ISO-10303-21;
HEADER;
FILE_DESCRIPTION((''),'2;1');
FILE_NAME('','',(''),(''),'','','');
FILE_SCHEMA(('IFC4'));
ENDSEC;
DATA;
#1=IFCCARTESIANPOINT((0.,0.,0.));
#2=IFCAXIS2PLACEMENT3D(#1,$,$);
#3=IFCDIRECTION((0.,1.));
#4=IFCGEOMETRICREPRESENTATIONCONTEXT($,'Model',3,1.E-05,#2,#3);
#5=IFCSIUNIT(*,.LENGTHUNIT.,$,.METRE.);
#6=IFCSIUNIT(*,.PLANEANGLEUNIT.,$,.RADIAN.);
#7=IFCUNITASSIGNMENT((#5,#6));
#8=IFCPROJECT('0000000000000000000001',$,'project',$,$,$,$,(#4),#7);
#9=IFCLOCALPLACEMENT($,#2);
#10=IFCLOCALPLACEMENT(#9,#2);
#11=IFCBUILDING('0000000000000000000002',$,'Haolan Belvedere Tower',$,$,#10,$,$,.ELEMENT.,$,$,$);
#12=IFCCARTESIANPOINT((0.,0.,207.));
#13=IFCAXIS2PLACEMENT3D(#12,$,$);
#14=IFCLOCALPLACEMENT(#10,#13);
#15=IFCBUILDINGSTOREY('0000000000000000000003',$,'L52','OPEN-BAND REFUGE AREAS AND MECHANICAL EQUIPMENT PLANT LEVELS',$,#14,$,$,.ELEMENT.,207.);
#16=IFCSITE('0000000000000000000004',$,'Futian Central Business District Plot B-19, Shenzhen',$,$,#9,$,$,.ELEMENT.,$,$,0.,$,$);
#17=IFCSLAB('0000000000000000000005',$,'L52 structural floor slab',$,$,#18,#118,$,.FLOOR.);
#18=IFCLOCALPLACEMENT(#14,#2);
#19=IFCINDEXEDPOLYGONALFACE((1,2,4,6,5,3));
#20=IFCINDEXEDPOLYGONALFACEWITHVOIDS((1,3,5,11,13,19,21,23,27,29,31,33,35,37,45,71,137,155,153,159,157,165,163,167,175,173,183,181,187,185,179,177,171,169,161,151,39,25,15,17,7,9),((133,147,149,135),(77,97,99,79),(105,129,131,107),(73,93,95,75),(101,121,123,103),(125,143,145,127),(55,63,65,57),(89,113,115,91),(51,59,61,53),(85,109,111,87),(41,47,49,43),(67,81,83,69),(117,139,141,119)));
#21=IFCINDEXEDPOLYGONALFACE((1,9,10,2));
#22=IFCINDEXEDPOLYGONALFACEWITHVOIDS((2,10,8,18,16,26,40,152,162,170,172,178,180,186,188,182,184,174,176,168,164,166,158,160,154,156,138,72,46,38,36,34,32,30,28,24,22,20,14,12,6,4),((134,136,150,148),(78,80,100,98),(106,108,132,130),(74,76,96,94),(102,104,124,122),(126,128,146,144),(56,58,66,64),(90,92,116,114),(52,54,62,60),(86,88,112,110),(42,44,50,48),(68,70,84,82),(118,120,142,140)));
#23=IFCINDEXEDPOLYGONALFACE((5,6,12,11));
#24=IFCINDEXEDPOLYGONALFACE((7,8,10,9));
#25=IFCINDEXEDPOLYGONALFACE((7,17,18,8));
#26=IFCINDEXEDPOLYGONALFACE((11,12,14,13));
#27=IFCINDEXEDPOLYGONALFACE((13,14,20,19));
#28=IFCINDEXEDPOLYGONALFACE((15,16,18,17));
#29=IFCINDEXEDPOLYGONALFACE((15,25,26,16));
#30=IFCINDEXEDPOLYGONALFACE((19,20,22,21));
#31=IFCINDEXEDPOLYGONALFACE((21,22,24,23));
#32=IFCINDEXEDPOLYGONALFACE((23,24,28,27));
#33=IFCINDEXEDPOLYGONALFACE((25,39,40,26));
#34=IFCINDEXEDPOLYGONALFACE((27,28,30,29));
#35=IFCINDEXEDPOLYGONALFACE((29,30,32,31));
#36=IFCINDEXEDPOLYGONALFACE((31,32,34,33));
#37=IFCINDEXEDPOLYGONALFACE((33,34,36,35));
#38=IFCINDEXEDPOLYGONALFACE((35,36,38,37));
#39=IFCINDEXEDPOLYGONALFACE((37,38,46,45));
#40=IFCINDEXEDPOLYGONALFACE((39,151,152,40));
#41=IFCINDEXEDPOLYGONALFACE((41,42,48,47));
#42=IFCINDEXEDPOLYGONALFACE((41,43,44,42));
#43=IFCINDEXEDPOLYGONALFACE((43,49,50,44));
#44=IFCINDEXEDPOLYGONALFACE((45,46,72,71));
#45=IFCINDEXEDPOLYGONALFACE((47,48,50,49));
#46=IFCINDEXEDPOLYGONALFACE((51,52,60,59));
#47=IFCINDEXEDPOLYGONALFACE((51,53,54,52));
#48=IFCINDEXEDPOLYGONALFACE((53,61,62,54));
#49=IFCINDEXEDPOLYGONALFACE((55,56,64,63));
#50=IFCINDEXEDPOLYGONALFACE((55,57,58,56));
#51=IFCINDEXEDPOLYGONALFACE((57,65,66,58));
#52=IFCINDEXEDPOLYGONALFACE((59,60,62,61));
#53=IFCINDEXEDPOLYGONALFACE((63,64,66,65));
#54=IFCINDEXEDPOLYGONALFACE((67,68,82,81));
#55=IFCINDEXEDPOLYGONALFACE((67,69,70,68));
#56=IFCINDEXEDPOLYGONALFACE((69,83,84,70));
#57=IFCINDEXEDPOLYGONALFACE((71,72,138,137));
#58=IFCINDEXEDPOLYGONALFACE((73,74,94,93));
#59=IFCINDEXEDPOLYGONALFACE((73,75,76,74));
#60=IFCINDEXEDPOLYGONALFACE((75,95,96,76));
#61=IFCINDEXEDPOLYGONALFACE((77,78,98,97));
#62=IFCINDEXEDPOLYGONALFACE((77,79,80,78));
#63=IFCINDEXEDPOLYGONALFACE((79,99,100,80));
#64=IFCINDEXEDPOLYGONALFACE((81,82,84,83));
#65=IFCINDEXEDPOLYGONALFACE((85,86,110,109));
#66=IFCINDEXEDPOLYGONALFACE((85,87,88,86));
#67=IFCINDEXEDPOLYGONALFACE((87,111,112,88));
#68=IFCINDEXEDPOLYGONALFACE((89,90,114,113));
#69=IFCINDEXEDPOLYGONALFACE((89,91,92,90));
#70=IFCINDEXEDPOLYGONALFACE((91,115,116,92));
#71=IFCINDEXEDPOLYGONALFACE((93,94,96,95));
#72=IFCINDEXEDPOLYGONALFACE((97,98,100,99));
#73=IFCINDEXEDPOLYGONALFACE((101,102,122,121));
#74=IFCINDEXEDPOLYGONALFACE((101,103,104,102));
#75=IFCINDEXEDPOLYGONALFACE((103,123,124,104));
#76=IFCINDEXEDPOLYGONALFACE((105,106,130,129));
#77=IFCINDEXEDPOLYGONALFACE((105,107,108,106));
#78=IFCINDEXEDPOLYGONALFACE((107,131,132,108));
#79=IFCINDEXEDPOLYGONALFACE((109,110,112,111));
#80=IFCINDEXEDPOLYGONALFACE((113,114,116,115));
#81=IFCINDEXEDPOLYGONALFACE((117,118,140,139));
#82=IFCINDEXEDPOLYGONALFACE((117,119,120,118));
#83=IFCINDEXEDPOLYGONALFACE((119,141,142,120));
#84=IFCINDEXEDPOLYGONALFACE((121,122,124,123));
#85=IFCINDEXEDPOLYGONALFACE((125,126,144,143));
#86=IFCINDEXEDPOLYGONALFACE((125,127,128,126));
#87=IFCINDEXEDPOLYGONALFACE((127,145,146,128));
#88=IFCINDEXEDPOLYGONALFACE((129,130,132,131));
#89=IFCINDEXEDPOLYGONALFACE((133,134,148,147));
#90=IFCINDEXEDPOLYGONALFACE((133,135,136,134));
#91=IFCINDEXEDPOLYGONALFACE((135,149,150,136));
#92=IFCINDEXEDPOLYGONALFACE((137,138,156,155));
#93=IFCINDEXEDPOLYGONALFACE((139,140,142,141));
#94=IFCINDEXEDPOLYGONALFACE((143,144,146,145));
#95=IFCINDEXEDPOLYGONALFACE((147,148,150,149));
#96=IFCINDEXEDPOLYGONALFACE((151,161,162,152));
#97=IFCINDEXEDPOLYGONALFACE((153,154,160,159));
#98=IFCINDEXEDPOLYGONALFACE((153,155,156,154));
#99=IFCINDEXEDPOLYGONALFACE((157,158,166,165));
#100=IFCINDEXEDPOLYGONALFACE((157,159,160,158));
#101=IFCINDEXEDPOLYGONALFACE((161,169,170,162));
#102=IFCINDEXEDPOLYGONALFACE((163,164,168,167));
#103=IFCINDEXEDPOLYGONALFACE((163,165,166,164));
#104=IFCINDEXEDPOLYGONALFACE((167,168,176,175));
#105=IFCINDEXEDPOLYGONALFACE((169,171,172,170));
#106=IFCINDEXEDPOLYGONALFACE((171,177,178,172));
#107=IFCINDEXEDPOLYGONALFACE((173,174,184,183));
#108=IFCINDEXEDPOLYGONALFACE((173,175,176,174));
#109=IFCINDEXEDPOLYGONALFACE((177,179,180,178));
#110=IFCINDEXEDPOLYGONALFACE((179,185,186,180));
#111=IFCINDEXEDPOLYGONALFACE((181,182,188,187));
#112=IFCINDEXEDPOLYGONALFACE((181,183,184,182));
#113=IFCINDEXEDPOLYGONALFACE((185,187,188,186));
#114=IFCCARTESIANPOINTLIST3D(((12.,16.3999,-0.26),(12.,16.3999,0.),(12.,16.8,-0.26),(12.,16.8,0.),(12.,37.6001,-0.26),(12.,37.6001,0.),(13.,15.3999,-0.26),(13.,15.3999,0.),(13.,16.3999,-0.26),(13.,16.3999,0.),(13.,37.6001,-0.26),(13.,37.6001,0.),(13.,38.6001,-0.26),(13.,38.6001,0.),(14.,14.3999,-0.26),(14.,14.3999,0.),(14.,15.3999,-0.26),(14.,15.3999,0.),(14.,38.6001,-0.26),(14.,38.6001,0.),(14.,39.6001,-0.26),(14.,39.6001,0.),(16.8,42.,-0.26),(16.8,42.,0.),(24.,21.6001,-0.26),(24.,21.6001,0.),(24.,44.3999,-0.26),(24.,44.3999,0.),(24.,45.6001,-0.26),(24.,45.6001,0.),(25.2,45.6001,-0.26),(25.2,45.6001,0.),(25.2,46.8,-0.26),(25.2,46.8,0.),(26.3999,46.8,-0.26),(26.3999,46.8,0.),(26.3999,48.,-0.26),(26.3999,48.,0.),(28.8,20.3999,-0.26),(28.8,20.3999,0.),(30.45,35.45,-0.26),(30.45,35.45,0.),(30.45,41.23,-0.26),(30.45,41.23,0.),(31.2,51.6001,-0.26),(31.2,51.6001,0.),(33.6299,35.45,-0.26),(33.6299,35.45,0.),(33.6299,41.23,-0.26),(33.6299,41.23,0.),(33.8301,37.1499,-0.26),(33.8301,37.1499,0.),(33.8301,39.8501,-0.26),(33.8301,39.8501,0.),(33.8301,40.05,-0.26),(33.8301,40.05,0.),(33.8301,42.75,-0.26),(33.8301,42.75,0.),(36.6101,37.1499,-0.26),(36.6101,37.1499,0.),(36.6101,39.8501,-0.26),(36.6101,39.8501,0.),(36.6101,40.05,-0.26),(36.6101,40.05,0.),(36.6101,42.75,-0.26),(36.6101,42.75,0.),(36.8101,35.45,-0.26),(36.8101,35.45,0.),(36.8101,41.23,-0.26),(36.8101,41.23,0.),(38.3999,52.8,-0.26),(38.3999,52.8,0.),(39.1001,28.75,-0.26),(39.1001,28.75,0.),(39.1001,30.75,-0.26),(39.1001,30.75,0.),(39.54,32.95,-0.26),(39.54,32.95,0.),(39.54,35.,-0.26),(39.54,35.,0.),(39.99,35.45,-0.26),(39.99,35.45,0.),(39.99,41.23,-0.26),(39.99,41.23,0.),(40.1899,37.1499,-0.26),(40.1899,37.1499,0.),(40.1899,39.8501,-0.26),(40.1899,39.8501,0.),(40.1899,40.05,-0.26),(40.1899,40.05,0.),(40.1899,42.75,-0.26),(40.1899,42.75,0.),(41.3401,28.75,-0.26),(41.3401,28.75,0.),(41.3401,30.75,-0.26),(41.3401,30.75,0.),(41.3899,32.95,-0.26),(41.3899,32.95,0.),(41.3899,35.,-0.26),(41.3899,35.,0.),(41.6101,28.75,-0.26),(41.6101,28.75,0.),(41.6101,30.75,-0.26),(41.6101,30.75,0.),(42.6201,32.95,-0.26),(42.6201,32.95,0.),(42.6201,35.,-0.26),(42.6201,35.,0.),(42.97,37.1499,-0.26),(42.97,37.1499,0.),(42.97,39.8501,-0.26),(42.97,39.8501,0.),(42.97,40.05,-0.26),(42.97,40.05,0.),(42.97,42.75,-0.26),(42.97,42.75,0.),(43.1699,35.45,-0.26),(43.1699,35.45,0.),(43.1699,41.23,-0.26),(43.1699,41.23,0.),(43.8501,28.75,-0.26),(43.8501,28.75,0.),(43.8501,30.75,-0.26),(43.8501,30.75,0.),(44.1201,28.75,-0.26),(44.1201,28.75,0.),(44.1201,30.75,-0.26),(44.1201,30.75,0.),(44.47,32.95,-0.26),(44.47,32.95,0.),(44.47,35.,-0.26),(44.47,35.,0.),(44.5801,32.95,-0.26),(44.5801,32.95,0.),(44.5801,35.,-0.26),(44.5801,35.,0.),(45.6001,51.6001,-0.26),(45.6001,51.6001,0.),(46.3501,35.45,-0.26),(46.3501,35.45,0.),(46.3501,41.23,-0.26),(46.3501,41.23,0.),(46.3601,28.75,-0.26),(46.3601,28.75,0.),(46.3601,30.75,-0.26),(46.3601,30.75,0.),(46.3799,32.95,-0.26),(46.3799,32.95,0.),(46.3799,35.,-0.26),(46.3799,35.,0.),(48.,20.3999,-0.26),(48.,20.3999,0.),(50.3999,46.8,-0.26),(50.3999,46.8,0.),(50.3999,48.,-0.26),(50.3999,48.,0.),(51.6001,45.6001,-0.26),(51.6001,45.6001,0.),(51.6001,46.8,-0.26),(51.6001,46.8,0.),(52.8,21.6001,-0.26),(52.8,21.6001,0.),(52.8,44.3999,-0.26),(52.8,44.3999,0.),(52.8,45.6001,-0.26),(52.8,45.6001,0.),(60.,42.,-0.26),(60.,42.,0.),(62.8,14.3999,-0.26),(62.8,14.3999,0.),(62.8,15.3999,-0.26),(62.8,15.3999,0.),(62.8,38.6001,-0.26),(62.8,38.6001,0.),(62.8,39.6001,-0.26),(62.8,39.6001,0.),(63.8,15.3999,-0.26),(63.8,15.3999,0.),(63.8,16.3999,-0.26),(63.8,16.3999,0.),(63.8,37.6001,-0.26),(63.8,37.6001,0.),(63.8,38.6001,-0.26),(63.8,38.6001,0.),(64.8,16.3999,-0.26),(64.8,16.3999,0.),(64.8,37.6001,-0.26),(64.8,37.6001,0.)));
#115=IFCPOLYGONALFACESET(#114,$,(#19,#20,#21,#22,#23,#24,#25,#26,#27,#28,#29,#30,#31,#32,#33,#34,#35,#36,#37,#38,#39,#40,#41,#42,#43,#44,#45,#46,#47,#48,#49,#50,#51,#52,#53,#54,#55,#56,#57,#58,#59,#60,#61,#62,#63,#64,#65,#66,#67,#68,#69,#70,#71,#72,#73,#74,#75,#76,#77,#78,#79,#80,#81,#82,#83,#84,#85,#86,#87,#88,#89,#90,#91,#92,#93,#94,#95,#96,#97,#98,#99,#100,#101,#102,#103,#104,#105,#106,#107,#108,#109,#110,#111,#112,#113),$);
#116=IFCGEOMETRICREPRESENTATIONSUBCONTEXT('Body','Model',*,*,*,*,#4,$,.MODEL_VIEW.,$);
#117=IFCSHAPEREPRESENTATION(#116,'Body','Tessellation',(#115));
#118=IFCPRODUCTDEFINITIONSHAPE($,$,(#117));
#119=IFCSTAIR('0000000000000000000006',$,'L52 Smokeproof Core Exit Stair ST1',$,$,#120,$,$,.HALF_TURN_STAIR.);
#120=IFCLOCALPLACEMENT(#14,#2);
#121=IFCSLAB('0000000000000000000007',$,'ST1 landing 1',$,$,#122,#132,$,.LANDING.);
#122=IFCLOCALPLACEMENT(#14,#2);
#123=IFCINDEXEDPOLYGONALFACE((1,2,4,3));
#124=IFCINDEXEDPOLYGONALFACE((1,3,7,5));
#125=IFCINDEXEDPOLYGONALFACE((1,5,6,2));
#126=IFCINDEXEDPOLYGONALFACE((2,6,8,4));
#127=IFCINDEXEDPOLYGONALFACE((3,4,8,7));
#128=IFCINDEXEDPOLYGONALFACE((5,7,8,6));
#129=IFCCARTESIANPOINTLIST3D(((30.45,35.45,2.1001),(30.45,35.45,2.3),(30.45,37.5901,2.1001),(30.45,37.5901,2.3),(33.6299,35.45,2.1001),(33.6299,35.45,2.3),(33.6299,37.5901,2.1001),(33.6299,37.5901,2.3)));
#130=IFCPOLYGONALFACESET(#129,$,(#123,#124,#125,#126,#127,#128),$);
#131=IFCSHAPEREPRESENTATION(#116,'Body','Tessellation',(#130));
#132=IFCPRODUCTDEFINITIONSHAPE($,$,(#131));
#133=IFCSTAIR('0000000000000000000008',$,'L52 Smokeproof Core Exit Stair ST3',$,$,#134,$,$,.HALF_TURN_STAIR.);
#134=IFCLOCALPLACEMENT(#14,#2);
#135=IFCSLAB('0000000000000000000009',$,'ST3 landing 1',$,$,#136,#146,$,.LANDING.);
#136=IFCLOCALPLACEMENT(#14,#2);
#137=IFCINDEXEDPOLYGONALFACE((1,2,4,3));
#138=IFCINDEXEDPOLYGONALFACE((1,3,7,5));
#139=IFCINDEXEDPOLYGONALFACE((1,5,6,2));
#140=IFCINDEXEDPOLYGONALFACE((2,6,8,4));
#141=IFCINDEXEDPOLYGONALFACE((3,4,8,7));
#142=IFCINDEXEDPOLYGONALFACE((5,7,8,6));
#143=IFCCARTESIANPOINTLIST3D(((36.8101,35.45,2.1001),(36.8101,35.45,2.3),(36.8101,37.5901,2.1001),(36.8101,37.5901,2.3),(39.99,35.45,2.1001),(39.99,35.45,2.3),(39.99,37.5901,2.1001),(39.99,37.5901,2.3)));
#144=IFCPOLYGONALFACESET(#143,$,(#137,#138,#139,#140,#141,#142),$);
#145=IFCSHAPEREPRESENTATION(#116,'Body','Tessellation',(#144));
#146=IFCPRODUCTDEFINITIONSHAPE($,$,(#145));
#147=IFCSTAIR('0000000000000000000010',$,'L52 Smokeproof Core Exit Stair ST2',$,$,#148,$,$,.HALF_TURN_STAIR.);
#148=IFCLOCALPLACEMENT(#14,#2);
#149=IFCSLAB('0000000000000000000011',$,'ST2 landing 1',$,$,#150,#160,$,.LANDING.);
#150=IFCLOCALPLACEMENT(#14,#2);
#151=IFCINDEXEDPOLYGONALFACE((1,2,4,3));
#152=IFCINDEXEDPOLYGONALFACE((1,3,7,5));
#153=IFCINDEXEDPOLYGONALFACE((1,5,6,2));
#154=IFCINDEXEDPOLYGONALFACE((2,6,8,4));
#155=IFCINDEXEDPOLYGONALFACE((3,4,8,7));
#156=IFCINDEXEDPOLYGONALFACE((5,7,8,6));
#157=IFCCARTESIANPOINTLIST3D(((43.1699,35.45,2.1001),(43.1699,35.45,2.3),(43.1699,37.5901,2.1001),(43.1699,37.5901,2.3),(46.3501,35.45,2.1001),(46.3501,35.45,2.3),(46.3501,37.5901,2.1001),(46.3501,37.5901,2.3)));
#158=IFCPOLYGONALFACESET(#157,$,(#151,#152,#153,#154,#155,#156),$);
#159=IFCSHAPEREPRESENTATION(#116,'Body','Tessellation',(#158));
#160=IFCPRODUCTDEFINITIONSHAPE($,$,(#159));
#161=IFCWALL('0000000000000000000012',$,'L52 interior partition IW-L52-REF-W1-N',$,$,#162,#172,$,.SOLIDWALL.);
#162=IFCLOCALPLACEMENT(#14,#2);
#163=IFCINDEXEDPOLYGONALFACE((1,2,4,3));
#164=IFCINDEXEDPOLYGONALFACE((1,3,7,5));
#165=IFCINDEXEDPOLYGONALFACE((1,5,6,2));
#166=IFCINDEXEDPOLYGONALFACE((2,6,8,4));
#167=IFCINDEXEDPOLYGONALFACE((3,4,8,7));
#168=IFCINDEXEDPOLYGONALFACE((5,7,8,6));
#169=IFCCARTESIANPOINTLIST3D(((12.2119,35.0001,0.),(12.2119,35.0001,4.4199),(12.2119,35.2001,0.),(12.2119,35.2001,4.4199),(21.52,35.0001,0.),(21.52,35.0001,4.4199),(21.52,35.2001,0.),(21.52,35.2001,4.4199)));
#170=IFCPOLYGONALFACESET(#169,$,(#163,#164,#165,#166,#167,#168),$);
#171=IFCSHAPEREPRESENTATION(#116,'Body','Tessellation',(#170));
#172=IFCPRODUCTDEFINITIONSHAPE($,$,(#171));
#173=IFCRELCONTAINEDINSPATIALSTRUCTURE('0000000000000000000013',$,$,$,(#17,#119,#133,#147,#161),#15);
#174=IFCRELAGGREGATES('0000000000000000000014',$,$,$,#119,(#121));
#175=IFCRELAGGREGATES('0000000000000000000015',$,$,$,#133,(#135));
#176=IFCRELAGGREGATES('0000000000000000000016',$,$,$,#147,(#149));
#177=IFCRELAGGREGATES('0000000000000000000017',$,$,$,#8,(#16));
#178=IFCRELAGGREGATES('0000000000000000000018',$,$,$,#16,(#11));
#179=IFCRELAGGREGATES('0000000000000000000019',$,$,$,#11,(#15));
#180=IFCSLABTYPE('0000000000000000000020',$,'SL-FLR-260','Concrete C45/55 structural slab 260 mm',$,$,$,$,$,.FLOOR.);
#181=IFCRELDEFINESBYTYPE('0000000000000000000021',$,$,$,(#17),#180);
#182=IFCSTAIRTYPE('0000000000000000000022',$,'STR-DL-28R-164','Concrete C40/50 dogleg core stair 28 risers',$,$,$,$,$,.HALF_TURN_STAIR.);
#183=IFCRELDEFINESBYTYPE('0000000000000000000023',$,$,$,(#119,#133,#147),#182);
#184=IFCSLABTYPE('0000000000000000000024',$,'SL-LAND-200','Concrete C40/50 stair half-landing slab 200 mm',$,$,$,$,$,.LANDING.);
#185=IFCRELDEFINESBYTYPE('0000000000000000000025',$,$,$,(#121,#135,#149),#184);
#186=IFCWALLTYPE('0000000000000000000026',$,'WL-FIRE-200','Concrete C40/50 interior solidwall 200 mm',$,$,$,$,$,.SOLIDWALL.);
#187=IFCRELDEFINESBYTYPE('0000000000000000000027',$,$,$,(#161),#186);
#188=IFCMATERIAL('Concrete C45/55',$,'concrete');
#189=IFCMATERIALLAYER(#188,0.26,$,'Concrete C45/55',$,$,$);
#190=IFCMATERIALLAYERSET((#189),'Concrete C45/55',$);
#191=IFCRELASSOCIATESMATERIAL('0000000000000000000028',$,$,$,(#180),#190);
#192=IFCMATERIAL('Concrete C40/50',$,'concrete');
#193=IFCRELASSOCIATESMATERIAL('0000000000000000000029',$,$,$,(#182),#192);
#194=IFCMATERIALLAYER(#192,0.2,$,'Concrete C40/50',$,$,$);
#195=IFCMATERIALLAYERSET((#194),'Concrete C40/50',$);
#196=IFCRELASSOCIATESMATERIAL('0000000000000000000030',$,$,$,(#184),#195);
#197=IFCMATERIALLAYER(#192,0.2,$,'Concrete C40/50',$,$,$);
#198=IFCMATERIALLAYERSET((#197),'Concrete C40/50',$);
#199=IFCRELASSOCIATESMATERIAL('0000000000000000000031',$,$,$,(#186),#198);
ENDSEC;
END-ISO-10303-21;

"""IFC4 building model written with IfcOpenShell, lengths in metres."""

from ifc_helpers import new_model, si_unit, direction, frame, frame_2d, origin, place, context, subcontext, project, spatial, polyline, rectangle, outline, extrude, material, layer, layer_set, type_object, element, aggregate, save


model = new_model("IFC4")

# Units and contexts
model_context = context("Model", 3, precision=1e-05, world=origin(), true_north=direction((0.0, 1.0)))
body_context = subcontext(model_context, "Body", "Model", "MODEL_VIEW")
ifc_project = project(units=[si_unit("LENGTHUNIT", "METRE"), si_unit("PLANEANGLEUNIT", "RADIAN")], contexts=[model_context])

# Site, building, storey
site_placement = place(None, origin())
site = spatial("IfcSite", under=ifc_project, at=site_placement, Name="Futian Central Business District Plot B-19, Shenzhen", CompositionType="ELEMENT", RefElevation=0.0)
building_placement = place(site_placement, origin())
building = spatial("IfcBuilding", under=site, at=building_placement, Name="Haolan Belvedere Tower", CompositionType="ELEMENT")
storey_placement = place(building_placement, frame((0.0, 0.0, 207.0)))
storey = spatial("IfcBuildingStorey", under=building, at=storey_placement, Name="L52", Description="OPEN-BAND REFUGE AREAS AND MECHANICAL EQUIPMENT PLANT LEVELS", CompositionType="ELEMENT", Elevation=207.0)

# Slab
ifc_material_1 = material(Name="Concrete C45/55", Category="concrete")
ifc_layer_1 = layer(ifc_material_1, 0.26, Name="Concrete C45/55")
ifc_layer_set_1 = layer_set([ifc_layer_1], Name="Concrete C45/55")
slab_type_1 = type_object("IfcSlabType", Name="SL-FLR-260", Description="Concrete C45/55 structural slab 260 mm", PredefinedType="FLOOR", material=ifc_layer_set_1)
slab_1_placement = place(storey_placement, frame((0.0, 0.0, -0.26)))
element("IfcSlab", 1, at=slab_1_placement, inside=storey, type_object=slab_type_1, Name="L52 structural floor slab", PredefinedType="FLOOR", context=body_context, shape_type="SweptSolid", body=[
    extrude(outline(polyline([(24.0, 21.6001), (28.8, 20.3999), (48.0, 20.3999), (52.8, 21.6001), (62.8, 14.3999), (62.8, 15.3999), (63.8, 15.3999), (63.8, 16.3999), (64.8, 16.3999), (64.8, 37.6001), (63.8, 37.6001), (63.8, 38.6001), (62.8, 38.6001), (62.8, 39.6001), (60.0, 42.0), (52.8, 44.3999), (52.8, 45.6001), (51.6001, 45.6001), (51.6001, 46.8), (50.3999, 46.8), (50.3999, 48.0), (45.6001, 51.6001), (38.3999, 52.8), (31.2, 51.6001), (26.3999, 48.0), (26.3999, 46.8), (25.2, 46.8), (25.2, 45.6001), (24.0, 45.6001), (24.0, 44.3999), (16.8, 42.0), (14.0, 39.6001), (14.0, 38.6001), (13.0, 38.6001), (13.0, 37.6001), (12.0, 37.6001), (12.0, 16.8), (12.0, 16.3999), (13.0, 16.3999), (13.0, 15.3999), (14.0, 15.3999), (14.0, 14.3999), (24.0, 21.6001)]), holes=[polyline([(30.45, 41.23), (30.45, 35.45), (33.6299, 35.45), (33.6299, 41.23), (30.45, 41.23)]), polyline([(36.8101, 41.23), (36.8101, 35.45), (39.99, 35.45), (39.99, 41.23), (36.8101, 41.23)]), polyline([(43.1699, 41.23), (43.1699, 35.45), (46.3501, 35.45), (46.3501, 41.23), (43.1699, 41.23)]), polyline([(33.8301, 40.05), (36.6101, 40.05), (36.6101, 42.75), (33.8301, 42.75), (33.8301, 40.05)]), polyline([(33.8301, 37.1499), (36.6101, 37.1499), (36.6101, 39.8501), (33.8301, 39.8501), (33.8301, 37.1499)]), polyline([(40.1899, 40.05), (42.97, 40.05), (42.97, 42.75), (40.1899, 42.75), (40.1899, 40.05)]), polyline([(40.1899, 37.1499), (42.97, 37.1499), (42.97, 39.8501), (40.1899, 39.8501), (40.1899, 37.1499)]), polyline([(39.54, 32.95), (41.3899, 32.95), (41.3899, 35.0), (39.54, 35.0), (39.54, 32.95)]), polyline([(42.6201, 32.95), (44.47, 32.95), (44.47, 35.0), (42.6201, 35.0), (42.6201, 32.95)]), polyline([(44.5801, 32.95), (46.3799, 32.95), (46.3799, 35.0), (44.5801, 35.0), (44.5801, 32.95)]), polyline([(39.1001, 28.75), (41.3401, 28.75), (41.3401, 30.75), (39.1001, 30.75), (39.1001, 28.75)]), polyline([(41.6101, 28.75), (43.8501, 28.75), (43.8501, 30.75), (41.6101, 30.75), (41.6101, 28.75)]), polyline([(44.1201, 28.75), (46.3601, 28.75), (46.3601, 30.75), (44.1201, 30.75), (44.1201, 28.75)])]), origin(), (0.0, 0.0, 1.0), 0.26),
])

# Stairs, slabs
ifc_material_2 = material(Name="Concrete C40/50", Category="concrete")
stair_type = type_object("IfcStairType", Name="STR-DL-28R-164", Description="Concrete C40/50 dogleg core stair 28 risers", PredefinedType="HALF_TURN_STAIR", material=ifc_material_2)
stair_1_placement = place(storey_placement, origin())
stair_1 = element("IfcStair", 2, at=stair_1_placement, inside=storey, type_object=stair_type, Name="L52 Smokeproof Core Exit Stair ST1", PredefinedType="HALF_TURN_STAIR")
ifc_layer_2 = layer(ifc_material_2, 0.2, Name="Concrete C40/50")
ifc_layer_set_2 = layer_set([ifc_layer_2], Name="Concrete C40/50")
slab_type_2 = type_object("IfcSlabType", Name="SL-LAND-200", Description="Concrete C40/50 stair half-landing slab 200 mm", PredefinedType="LANDING", material=ifc_layer_set_2)
slab_2_placement = place(storey_placement, frame((0.0, 0.0, 2.1001)))
slab_2 = element("IfcSlab", 3, at=slab_2_placement, type_object=slab_type_2, Name="ST1 landing 1", PredefinedType="LANDING", context=body_context, shape_type="SweptSolid", body=[
    extrude(outline(polyline([(30.45, 37.5901), (30.45, 35.45), (33.6299, 35.45), (33.6299, 37.5901), (30.45, 37.5901)])), origin(), (0.0, 0.0, 1.0), 0.2),
])
aggregate(stair_1, [slab_2])
stair_2_placement = place(storey_placement, origin())
stair_2 = element("IfcStair", 4, at=stair_2_placement, inside=storey, type_object=stair_type, Name="L52 Smokeproof Core Exit Stair ST3", PredefinedType="HALF_TURN_STAIR")
slab_3_placement = place(storey_placement, frame((0.0, 0.0, 2.1001)))
slab_3 = element("IfcSlab", 5, at=slab_3_placement, type_object=slab_type_2, Name="ST3 landing 1", PredefinedType="LANDING", context=body_context, shape_type="SweptSolid", body=[
    extrude(outline(polyline([(36.8101, 37.5901), (36.8101, 35.45), (39.99, 35.45), (39.99, 37.5901), (36.8101, 37.5901)])), origin(), (0.0, 0.0, 1.0), 0.2),
])
aggregate(stair_2, [slab_3])
stair_3_placement = place(storey_placement, origin())
stair_3 = element("IfcStair", 6, at=stair_3_placement, inside=storey, type_object=stair_type, Name="L52 Smokeproof Core Exit Stair ST2", PredefinedType="HALF_TURN_STAIR")
slab_4_placement = place(storey_placement, frame((0.0, 0.0, 2.1001)))
slab_4 = element("IfcSlab", 7, at=slab_4_placement, type_object=slab_type_2, Name="ST2 landing 1", PredefinedType="LANDING", context=body_context, shape_type="SweptSolid", body=[
    extrude(outline(polyline([(43.1699, 37.5901), (43.1699, 35.45), (46.3501, 35.45), (46.3501, 37.5901), (43.1699, 37.5901)])), origin(), (0.0, 0.0, 1.0), 0.2),
])
aggregate(stair_3, [slab_4])

# Wall
ifc_layer_3 = layer(ifc_material_2, 0.2, Name="Concrete C40/50")
ifc_layer_set_3 = layer_set([ifc_layer_3], Name="Concrete C40/50")
wall_type_1 = type_object("IfcWallType", Name="WL-FIRE-200", Description="Concrete C40/50 interior solidwall 200 mm", PredefinedType="SOLIDWALL", material=ifc_layer_set_3)
wall_1_placement = place(storey_placement, frame((12.2119, 35.1001, 0.0), z_axis=(0.0, 0.0, 1.0), x_axis=(1.0, 0.0, 0.0)))
element("IfcWall", 8, at=wall_1_placement, inside=storey, type_object=wall_type_1, Name="L52 interior partition IW-L52-REF-W1-N", PredefinedType="SOLIDWALL", context=body_context, shape_type="SweptSolid", body=[
    extrude(rectangle(XDim=9.3081, YDim=0.2, at=frame_2d((4.6541, 0.0))), origin(), (0.0, 0.0, 1.0), 4.4199),
])

save(model, "model.ifc")
